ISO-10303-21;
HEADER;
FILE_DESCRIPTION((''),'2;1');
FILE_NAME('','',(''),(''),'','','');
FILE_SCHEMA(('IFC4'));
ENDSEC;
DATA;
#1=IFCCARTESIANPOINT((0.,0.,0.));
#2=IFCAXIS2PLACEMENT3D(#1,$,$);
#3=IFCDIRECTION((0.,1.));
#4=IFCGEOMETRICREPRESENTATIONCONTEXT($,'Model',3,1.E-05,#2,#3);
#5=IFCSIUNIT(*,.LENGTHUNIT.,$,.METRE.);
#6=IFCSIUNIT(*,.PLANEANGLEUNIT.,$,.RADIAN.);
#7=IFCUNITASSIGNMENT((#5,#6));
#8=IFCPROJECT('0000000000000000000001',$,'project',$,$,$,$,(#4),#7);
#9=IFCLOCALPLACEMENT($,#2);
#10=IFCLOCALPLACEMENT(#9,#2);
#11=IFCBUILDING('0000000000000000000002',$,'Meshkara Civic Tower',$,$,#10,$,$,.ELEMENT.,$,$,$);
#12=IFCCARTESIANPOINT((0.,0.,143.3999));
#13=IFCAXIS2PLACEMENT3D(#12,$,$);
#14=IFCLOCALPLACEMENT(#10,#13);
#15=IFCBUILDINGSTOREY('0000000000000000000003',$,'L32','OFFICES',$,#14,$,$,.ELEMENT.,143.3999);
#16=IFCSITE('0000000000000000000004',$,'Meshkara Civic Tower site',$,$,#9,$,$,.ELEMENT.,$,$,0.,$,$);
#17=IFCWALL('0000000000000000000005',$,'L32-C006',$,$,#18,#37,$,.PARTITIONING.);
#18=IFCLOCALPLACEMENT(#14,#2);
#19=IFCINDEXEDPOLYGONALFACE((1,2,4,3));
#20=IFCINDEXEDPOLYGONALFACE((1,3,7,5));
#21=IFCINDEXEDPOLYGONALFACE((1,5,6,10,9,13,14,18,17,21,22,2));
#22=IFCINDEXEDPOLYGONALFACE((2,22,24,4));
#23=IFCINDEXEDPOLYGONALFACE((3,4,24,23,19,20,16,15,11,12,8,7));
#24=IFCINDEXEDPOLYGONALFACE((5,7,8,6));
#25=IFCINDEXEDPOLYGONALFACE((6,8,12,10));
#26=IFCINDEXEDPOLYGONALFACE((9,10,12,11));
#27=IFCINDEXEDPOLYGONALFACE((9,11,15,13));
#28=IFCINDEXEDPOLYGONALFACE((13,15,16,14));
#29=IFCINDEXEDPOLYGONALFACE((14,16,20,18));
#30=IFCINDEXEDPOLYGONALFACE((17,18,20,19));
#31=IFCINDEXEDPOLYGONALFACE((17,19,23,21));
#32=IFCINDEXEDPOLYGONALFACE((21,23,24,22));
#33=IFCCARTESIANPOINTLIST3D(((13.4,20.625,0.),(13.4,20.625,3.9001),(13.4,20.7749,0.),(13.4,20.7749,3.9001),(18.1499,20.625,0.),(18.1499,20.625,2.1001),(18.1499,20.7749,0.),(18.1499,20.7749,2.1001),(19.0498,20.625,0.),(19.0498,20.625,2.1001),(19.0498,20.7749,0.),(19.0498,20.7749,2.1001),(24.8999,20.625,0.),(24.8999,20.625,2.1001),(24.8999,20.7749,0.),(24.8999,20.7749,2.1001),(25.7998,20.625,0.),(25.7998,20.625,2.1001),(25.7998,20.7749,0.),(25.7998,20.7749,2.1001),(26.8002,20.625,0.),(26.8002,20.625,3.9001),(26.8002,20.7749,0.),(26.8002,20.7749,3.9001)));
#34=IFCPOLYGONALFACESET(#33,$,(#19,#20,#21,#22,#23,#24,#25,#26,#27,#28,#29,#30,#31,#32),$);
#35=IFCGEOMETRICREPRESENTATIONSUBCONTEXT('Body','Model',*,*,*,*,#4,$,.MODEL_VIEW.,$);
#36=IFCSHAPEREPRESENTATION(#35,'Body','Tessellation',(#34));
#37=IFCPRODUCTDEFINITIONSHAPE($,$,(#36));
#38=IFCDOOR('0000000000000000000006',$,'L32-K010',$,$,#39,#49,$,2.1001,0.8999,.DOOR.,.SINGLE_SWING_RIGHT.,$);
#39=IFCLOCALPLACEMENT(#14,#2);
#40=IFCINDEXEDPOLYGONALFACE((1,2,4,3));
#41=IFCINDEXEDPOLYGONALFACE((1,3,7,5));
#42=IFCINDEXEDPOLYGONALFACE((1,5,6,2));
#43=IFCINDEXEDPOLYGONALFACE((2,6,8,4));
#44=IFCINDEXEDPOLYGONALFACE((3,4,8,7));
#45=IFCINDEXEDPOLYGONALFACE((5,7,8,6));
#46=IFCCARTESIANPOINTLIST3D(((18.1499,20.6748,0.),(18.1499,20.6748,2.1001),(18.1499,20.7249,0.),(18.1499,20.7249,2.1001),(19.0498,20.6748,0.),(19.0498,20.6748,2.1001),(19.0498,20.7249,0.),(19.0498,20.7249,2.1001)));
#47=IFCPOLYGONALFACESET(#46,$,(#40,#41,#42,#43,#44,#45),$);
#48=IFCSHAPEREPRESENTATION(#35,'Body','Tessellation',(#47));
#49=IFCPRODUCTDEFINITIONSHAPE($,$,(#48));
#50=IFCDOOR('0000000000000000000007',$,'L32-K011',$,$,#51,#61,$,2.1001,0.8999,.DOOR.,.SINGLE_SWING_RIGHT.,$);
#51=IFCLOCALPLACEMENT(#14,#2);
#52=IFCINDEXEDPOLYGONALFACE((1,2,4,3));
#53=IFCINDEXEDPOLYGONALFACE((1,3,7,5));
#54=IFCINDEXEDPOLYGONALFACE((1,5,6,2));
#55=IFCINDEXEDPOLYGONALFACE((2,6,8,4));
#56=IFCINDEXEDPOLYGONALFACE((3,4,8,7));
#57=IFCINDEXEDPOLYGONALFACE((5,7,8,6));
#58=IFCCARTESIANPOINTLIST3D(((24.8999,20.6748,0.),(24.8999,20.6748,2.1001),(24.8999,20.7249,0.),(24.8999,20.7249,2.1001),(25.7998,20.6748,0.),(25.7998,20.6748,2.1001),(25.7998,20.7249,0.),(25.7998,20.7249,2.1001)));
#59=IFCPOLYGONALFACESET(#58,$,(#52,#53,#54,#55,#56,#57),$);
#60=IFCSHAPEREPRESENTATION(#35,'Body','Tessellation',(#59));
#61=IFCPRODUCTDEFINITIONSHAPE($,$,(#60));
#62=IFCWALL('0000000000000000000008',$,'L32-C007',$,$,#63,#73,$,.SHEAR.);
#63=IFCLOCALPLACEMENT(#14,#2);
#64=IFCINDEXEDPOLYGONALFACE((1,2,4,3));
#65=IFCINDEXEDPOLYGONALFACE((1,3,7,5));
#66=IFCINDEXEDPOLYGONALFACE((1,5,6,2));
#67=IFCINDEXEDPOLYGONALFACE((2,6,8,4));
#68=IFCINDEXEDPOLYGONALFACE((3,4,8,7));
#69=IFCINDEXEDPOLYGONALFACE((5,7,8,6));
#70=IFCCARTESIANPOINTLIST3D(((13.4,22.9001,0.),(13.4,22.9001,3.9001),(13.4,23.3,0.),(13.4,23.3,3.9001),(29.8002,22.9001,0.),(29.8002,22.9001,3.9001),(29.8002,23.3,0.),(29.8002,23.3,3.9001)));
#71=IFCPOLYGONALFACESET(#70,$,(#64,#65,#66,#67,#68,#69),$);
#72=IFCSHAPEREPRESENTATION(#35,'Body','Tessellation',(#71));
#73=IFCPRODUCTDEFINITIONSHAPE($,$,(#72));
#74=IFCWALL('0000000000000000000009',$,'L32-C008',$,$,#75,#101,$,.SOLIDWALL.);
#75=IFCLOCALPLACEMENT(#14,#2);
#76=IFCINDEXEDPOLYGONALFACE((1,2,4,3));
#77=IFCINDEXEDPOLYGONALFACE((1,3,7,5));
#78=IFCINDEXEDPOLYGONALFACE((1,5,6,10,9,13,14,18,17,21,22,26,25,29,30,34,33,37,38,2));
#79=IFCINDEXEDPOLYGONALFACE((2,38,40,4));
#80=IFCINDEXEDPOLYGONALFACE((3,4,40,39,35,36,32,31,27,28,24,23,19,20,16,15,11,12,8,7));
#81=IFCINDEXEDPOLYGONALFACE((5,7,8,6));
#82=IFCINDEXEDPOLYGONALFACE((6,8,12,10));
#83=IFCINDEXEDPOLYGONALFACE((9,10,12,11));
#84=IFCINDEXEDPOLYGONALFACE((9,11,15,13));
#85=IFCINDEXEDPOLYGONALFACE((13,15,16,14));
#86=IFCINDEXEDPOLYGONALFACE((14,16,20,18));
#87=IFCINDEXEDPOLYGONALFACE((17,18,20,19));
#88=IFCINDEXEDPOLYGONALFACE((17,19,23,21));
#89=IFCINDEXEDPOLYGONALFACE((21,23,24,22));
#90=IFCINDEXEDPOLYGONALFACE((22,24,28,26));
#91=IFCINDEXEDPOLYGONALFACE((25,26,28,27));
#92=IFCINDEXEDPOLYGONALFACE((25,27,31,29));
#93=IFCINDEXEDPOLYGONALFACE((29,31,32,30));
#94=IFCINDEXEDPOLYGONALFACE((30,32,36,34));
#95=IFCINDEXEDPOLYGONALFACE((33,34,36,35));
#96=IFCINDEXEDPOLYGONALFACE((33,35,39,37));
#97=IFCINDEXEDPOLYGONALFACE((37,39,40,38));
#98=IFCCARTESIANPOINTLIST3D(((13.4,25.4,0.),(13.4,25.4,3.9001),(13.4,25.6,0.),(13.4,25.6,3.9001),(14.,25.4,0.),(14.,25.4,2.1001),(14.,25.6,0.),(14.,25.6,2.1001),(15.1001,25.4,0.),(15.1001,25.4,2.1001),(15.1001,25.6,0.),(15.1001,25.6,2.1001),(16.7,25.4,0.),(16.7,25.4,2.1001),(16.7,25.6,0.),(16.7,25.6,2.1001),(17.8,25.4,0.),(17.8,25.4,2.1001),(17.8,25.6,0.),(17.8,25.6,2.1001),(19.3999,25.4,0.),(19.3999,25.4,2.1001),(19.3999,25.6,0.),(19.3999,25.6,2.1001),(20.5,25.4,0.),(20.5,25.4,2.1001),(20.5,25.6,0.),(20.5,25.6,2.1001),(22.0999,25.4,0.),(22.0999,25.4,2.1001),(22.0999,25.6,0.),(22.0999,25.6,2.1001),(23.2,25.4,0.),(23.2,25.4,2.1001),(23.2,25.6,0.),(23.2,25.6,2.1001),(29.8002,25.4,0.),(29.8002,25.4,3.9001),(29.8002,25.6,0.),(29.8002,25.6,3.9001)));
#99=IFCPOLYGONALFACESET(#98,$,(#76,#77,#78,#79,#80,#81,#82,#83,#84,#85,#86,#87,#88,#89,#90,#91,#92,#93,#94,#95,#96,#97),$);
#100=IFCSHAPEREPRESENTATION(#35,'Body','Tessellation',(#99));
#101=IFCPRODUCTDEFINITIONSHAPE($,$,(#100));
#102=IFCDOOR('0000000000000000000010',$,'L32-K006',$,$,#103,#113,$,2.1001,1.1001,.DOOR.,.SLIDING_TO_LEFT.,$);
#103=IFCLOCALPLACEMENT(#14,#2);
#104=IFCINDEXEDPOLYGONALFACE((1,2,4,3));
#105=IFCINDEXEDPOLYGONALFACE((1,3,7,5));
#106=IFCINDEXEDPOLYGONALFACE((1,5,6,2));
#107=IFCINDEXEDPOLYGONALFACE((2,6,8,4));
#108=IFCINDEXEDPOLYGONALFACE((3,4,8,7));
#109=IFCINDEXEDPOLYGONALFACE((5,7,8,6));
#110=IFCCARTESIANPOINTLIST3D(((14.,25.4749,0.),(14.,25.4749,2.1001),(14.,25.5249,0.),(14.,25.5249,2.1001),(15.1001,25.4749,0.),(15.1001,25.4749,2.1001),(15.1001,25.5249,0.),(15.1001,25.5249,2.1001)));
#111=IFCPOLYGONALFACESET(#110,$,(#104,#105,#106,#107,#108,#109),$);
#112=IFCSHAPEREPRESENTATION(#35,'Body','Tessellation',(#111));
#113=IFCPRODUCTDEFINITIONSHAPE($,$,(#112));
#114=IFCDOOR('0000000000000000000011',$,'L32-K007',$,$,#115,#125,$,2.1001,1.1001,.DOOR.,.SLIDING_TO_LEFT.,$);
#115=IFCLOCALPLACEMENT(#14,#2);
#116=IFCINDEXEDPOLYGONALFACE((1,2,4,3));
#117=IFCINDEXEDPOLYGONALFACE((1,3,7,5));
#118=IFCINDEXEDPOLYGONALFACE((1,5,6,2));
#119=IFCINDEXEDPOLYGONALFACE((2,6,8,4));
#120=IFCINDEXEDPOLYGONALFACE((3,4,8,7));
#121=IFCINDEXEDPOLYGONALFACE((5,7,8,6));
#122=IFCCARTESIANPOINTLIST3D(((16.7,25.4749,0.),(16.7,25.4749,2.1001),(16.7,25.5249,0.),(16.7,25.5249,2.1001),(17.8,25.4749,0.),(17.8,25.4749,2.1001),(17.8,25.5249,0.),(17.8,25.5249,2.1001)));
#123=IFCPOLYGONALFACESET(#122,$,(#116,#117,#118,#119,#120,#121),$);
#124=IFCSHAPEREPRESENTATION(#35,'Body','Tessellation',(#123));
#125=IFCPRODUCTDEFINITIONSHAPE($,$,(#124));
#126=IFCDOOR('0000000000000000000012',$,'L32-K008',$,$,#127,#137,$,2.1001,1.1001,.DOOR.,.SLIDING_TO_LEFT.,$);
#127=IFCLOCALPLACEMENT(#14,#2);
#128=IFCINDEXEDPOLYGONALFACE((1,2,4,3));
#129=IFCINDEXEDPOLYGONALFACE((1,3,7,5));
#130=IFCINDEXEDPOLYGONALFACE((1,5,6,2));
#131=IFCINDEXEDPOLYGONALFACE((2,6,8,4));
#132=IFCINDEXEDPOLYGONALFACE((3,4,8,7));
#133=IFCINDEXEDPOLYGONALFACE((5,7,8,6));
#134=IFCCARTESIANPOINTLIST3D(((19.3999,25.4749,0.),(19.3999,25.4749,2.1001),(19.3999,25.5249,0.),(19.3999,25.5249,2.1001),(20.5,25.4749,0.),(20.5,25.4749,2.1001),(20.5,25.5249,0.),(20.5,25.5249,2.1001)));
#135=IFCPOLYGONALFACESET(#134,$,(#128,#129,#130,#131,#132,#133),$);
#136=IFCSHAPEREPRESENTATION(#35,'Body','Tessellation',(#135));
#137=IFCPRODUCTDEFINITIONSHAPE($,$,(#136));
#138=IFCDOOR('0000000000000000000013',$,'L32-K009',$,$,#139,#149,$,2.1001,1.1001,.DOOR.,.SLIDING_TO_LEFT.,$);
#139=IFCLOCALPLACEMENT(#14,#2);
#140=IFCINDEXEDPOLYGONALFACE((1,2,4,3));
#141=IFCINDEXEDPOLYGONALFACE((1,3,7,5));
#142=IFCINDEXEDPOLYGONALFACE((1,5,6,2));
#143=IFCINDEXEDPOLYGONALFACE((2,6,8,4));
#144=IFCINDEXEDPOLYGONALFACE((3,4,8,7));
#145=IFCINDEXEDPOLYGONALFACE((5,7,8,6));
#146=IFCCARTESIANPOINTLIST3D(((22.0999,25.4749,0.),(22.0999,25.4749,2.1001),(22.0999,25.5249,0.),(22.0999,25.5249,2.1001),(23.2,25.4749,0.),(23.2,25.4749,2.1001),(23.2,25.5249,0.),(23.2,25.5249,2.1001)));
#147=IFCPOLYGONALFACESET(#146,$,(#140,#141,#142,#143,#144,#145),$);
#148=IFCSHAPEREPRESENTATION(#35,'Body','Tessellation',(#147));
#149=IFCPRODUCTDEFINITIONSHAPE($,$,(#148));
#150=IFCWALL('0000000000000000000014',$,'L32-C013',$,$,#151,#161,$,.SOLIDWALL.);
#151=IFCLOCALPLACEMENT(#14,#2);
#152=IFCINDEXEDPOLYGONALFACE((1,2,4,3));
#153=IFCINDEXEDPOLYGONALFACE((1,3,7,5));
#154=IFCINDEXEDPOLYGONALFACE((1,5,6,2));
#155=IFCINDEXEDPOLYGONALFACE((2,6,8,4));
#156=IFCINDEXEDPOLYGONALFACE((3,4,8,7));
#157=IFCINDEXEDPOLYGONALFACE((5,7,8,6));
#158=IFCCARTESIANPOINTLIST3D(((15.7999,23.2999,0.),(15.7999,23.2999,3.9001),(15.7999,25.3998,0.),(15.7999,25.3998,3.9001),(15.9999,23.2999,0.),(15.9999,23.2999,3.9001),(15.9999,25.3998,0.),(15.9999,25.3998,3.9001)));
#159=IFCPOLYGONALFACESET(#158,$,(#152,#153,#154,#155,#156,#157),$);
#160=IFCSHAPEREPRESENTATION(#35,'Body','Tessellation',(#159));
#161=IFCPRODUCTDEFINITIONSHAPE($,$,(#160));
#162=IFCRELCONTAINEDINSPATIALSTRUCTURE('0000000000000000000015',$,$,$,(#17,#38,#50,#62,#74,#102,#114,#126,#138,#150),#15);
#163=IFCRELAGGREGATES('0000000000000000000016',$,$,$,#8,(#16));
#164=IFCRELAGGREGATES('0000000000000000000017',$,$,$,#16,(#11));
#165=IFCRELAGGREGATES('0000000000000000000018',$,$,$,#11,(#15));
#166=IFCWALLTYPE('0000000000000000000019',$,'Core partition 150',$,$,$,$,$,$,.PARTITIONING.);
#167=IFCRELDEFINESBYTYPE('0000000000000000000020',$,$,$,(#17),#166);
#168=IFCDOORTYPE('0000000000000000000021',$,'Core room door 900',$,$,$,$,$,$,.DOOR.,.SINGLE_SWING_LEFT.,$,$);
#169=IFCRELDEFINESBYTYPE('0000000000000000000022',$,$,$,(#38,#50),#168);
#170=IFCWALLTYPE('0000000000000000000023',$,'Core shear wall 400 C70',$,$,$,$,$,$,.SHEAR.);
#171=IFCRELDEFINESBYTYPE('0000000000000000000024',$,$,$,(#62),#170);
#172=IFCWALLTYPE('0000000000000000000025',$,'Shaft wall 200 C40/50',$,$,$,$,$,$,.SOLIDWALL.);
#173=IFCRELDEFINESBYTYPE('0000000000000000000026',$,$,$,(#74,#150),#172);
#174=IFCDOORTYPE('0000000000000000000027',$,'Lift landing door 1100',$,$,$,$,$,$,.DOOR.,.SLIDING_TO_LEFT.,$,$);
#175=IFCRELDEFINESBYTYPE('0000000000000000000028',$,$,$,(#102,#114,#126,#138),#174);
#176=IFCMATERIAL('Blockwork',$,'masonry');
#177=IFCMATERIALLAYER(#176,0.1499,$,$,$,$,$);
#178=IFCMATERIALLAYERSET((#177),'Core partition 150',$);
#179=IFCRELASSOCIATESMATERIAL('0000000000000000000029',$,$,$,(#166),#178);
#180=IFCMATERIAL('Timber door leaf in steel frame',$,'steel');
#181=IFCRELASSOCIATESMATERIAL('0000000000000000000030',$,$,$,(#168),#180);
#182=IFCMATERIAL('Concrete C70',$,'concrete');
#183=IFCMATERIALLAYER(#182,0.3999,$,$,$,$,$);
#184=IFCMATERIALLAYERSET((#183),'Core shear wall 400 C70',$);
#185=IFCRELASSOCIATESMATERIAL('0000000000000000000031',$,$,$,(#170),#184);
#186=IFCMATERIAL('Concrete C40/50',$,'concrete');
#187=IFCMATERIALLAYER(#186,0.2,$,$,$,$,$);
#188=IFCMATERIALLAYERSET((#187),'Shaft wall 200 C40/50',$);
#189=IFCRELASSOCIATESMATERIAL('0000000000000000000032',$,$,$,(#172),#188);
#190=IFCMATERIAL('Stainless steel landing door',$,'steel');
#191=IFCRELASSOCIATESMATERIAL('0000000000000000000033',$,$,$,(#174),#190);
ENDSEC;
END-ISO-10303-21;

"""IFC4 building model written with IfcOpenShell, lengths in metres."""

from ifc_helpers import new_model, si_unit, direction, frame, frame_2d, origin, place, context, subcontext, project, spatial, rectangle, extrude, material, layer, layer_set, type_object, element, fill, save


model = new_model("IFC4")

# Units and contexts
model_context = context("Model", 3, precision=1e-05, world=origin(), true_north=direction((0.0, 1.0)))
body_context = subcontext(model_context, "Body", "Model", "MODEL_VIEW")
ifc_project = project(units=[si_unit("LENGTHUNIT", "METRE"), si_unit("PLANEANGLEUNIT", "RADIAN")], contexts=[model_context])

# Site, building, storey
site_placement = place(None, origin())
site = spatial("IfcSite", under=ifc_project, at=site_placement, Name="Meshkara Civic Tower site", CompositionType="ELEMENT", RefElevation=0.0)
building_placement = place(site_placement, origin())
building = spatial("IfcBuilding", under=site, at=building_placement, Name="Meshkara Civic Tower", CompositionType="ELEMENT")
storey_placement = place(building_placement, frame((0.0, 0.0, 143.3999)))
storey = spatial("IfcBuildingStorey", under=building, at=storey_placement, Name="L32", Description="OFFICES", CompositionType="ELEMENT", Elevation=143.3999)

# Wall, openings, doors
ifc_material_1 = material(Name="Blockwork", Category="masonry")
ifc_layer_1 = layer(ifc_material_1, 0.1499)
ifc_layer_set_1 = layer_set([ifc_layer_1], Name="Core partition 150")
wall_type_1 = type_object("IfcWallType", Name="Core partition 150", PredefinedType="PARTITIONING", material=ifc_layer_set_1)
wall_1_placement = place(storey_placement, frame((13.3999, 20.7, 0.0), z_axis=(0.0, 0.0, 1.0), x_axis=(1.0, 0.0, 0.0)))
wall_1 = element("IfcWall", 1, at=wall_1_placement, inside=storey, type_object=wall_type_1, Name="L32-C006", PredefinedType="PARTITIONING", context=body_context, shape_type="SweptSolid", body=[
    extrude(rectangle(XDim=13.4001, YDim=0.1499, at=frame_2d((6.7002, 0.0))), origin(), (0.0, 0.0, 1.0), 3.9001),
])
opening_1_placement = place(wall_1_placement, frame((4.75, 0.0, 0.0)))
opening_1 = element("IfcOpeningElement", 2, at=opening_1_placement, cuts=wall_1, PredefinedType="OPENING", context=body_context, shape_type="SweptSolid", body=[
    extrude(rectangle(XDim=0.8999, YDim=2.1001, at=frame_2d((0.45, 1.05))), frame((0.0, 0.085, 0.0), z_axis=(0.0, -1.0, 0.0), x_axis=(1.0, 0.0, 0.0)), (0.0, 0.0, 1.0), 0.1699),
])
opening_2_placement = place(wall_1_placement, frame((11.5, 0.0, 0.0)))
opening_2 = element("IfcOpeningElement", 3, at=opening_2_placement, cuts=wall_1, PredefinedType="OPENING", context=body_context, shape_type="SweptSolid", body=[
    extrude(rectangle(XDim=0.8999, YDim=2.1001, at=frame_2d((0.45, 1.05))), frame((0.0, 0.085, 0.0), z_axis=(0.0, -1.0, 0.0), x_axis=(1.0, 0.0, 0.0)), (0.0, 0.0, 1.0), 0.1699),
])
ifc_material_2 = material(Name="Timber door leaf in steel frame", Category="steel")
door_type_1 = type_object("IfcDoorType", Name="Core room door 900", OperationType="SINGLE_SWING_LEFT", PredefinedType="DOOR", material=ifc_material_2)
door_1_placement = place(opening_1_placement, origin())
door_1 = element("IfcDoor", 4, at=door_1_placement, inside=storey, type_object=door_type_1, Name="L32-K010", OperationType="SINGLE_SWING_RIGHT", OverallHeight=2.1001, OverallWidth=0.8999, PredefinedType="DOOR", context=body_context, shape_type="SweptSolid", body=[
    extrude(rectangle(XDim=0.8999, YDim=2.1001, at=frame_2d((0.45, 1.05))), frame((0.0, 0.0249, 0.0), z_axis=(0.0, -1.0, 0.0), x_axis=(1.0, 0.0, 0.0)), (0.0, 0.0, 1.0), 0.05),
])
fill(opening_1, door_1)
door_2_placement = place(opening_2_placement, origin())
door_2 = element("IfcDoor", 5, at=door_2_placement, inside=storey, type_object=door_type_1, Name="L32-K011", OperationType="SINGLE_SWING_RIGHT", OverallHeight=2.1001, OverallWidth=0.8999, PredefinedType="DOOR", context=body_context, shape_type="SweptSolid", body=[
    extrude(rectangle(XDim=0.8999, YDim=2.1001, at=frame_2d((0.45, 1.05))), frame((0.0, 0.0249, 0.0), z_axis=(0.0, -1.0, 0.0), x_axis=(1.0, 0.0, 0.0)), (0.0, 0.0, 1.0), 0.05),
])
fill(opening_2, door_2)

# Wall
ifc_material_3 = material(Name="Concrete C70", Category="concrete")
ifc_layer_2 = layer(ifc_material_3, 0.3999)
ifc_layer_set_2 = layer_set([ifc_layer_2], Name="Core shear wall 400 C70")
wall_type_2 = type_object("IfcWallType", Name="Core shear wall 400 C70", PredefinedType="SHEAR", material=ifc_layer_set_2)
wall_2_placement = place(storey_placement, frame((13.3999, 23.1001, 0.0), z_axis=(0.0, 0.0, 1.0), x_axis=(1.0, 0.0, 0.0)))
element("IfcWall", 6, at=wall_2_placement, inside=storey, type_object=wall_type_2, Name="L32-C007", PredefinedType="SHEAR", context=body_context, shape_type="SweptSolid", body=[
    extrude(rectangle(XDim=16.4001, YDim=0.3999, at=frame_2d((8.2002, 0.0))), origin(), (0.0, 0.0, 1.0), 3.9001),
])

# Wall, openings, doors
ifc_material_4 = material(Name="Concrete C40/50", Category="concrete")
ifc_layer_3 = layer(ifc_material_4, 0.2)
ifc_layer_set_3 = layer_set([ifc_layer_3], Name="Shaft wall 200 C40/50")
wall_type_3 = type_object("IfcWallType", Name="Shaft wall 200 C40/50", PredefinedType="SOLIDWALL", material=ifc_layer_set_3)
wall_3_placement = place(storey_placement, frame((13.3999, 25.5, 0.0), z_axis=(0.0, 0.0, 1.0), x_axis=(1.0, 0.0, 0.0)))
wall_3 = element("IfcWall", 7, at=wall_3_placement, inside=storey, type_object=wall_type_3, Name="L32-C008", PredefinedType="SOLIDWALL", context=body_context, shape_type="SweptSolid", body=[
    extrude(rectangle(XDim=16.4001, YDim=0.2, at=frame_2d((8.2002, 0.0))), origin(), (0.0, 0.0, 1.0), 3.9001),
])
opening_3_placement = place(wall_3_placement, frame((0.6001, 0.0, 0.0)))
opening_3 = element("IfcOpeningElement", 8, at=opening_3_placement, cuts=wall_3, PredefinedType="OPENING", context=body_context, shape_type="SweptSolid", body=[
    extrude(rectangle(XDim=1.1001, YDim=2.1001, at=frame_2d((0.55, 1.05))), frame((0.0, 0.1099, 0.0), z_axis=(0.0, -1.0, 0.0), x_axis=(1.0, 0.0, 0.0)), (0.0, 0.0, 1.0), 0.22),
])
opening_4_placement = place(wall_3_placement, frame((3.3, 0.0, 0.0)))
opening_4 = element("IfcOpeningElement", 9, at=opening_4_placement, cuts=wall_3, PredefinedType="OPENING", context=body_context, shape_type="SweptSolid", body=[
    extrude(rectangle(XDim=1.1001, YDim=2.1001, at=frame_2d((0.55, 1.05))), frame((0.0, 0.1099, 0.0), z_axis=(0.0, -1.0, 0.0), x_axis=(1.0, 0.0, 0.0)), (0.0, 0.0, 1.0), 0.22),
])
opening_5_placement = place(wall_3_placement, frame((6.0, 0.0, 0.0)))
opening_5 = element("IfcOpeningElement", 10, at=opening_5_placement, cuts=wall_3, PredefinedType="OPENING", context=body_context, shape_type="SweptSolid", body=[
    extrude(rectangle(XDim=1.1001, YDim=2.1001, at=frame_2d((0.55, 1.05))), frame((0.0, 0.1099, 0.0), z_axis=(0.0, -1.0, 0.0), x_axis=(1.0, 0.0, 0.0)), (0.0, 0.0, 1.0), 0.22),
])
opening_6_placement = place(wall_3_placement, frame((8.7, 0.0, 0.0)))
opening_6 = element("IfcOpeningElement", 11, at=opening_6_placement, cuts=wall_3, PredefinedType="OPENING", context=body_context, shape_type="SweptSolid", body=[
    extrude(rectangle(XDim=1.1001, YDim=2.1001, at=frame_2d((0.55, 1.05))), frame((0.0, 0.1099, 0.0), z_axis=(0.0, -1.0, 0.0), x_axis=(1.0, 0.0, 0.0)), (0.0, 0.0, 1.0), 0.22),
])
ifc_material_5 = material(Name="Stainless steel landing door", Category="steel")
door_type_2 = type_object("IfcDoorType", Name="Lift landing door 1100", OperationType="SLIDING_TO_LEFT", PredefinedType="DOOR", material=ifc_material_5)
door_3_placement = place(opening_3_placement, origin())
door_3 = element("IfcDoor", 12, at=door_3_placement, inside=storey, type_object=door_type_2, Name="L32-K006", OperationType="SLIDING_TO_LEFT", OverallHeight=2.1001, OverallWidth=1.1001, PredefinedType="DOOR", context=body_context, shape_type="SweptSolid", body=[
    extrude(rectangle(XDim=1.1001, YDim=2.1001, at=frame_2d((0.55, 1.05))), frame((0.0, 0.0249, 0.0), z_axis=(0.0, -1.0, 0.0), x_axis=(1.0, 0.0, 0.0)), (0.0, 0.0, 1.0), 0.05),
])
fill(opening_3, door_3)
door_4_placement = place(opening_4_placement, origin())
door_4 = element("IfcDoor", 13, at=door_4_placement, inside=storey, type_object=door_type_2, Name="L32-K007", OperationType="SLIDING_TO_LEFT", OverallHeight=2.1001, OverallWidth=1.1001, PredefinedType="DOOR", context=body_context, shape_type="SweptSolid", body=[
    extrude(rectangle(XDim=1.1001, YDim=2.1001, at=frame_2d((0.55, 1.05))), frame((0.0, 0.0249, 0.0), z_axis=(0.0, -1.0, 0.0), x_axis=(1.0, 0.0, 0.0)), (0.0, 0.0, 1.0), 0.05),
])
fill(opening_4, door_4)
door_5_placement = place(opening_5_placement, origin())
door_5 = element("IfcDoor", 14, at=door_5_placement, inside=storey, type_object=door_type_2, Name="L32-K008", OperationType="SLIDING_TO_LEFT", OverallHeight=2.1001, OverallWidth=1.1001, PredefinedType="DOOR", context=body_context, shape_type="SweptSolid", body=[
    extrude(rectangle(XDim=1.1001, YDim=2.1001, at=frame_2d((0.55, 1.05))), frame((0.0, 0.0249, 0.0), z_axis=(0.0, -1.0, 0.0), x_axis=(1.0, 0.0, 0.0)), (0.0, 0.0, 1.0), 0.05),
])
fill(opening_5, door_5)
door_6_placement = place(opening_6_placement, origin())
door_6 = element("IfcDoor", 15, at=door_6_placement, inside=storey, type_object=door_type_2, Name="L32-K009", OperationType="SLIDING_TO_LEFT", OverallHeight=2.1001, OverallWidth=1.1001, PredefinedType="DOOR", context=body_context, shape_type="SweptSolid", body=[
    extrude(rectangle(XDim=1.1001, YDim=2.1001, at=frame_2d((0.55, 1.05))), frame((0.0, 0.0249, 0.0), z_axis=(0.0, -1.0, 0.0), x_axis=(1.0, 0.0, 0.0)), (0.0, 0.0, 1.0), 0.05),
])
fill(opening_6, door_6)

# Wall
wall_4_placement = place(storey_placement, frame((15.8999, 23.3, 0.0), z_axis=(0.0, 0.0, 1.0), x_axis=(0.0, 1.0, 0.0)))
element("IfcWall", 16, at=wall_4_placement, inside=storey, type_object=wall_type_3, Name="L32-C013", PredefinedType="SOLIDWALL", context=body_context, shape_type="SweptSolid", body=[
    extrude(rectangle(XDim=2.0999, YDim=0.2, at=frame_2d((1.0498, 0.0))), origin(), (0.0, 0.0, 1.0), 3.9001),
])

save(model, "model.ifc")
